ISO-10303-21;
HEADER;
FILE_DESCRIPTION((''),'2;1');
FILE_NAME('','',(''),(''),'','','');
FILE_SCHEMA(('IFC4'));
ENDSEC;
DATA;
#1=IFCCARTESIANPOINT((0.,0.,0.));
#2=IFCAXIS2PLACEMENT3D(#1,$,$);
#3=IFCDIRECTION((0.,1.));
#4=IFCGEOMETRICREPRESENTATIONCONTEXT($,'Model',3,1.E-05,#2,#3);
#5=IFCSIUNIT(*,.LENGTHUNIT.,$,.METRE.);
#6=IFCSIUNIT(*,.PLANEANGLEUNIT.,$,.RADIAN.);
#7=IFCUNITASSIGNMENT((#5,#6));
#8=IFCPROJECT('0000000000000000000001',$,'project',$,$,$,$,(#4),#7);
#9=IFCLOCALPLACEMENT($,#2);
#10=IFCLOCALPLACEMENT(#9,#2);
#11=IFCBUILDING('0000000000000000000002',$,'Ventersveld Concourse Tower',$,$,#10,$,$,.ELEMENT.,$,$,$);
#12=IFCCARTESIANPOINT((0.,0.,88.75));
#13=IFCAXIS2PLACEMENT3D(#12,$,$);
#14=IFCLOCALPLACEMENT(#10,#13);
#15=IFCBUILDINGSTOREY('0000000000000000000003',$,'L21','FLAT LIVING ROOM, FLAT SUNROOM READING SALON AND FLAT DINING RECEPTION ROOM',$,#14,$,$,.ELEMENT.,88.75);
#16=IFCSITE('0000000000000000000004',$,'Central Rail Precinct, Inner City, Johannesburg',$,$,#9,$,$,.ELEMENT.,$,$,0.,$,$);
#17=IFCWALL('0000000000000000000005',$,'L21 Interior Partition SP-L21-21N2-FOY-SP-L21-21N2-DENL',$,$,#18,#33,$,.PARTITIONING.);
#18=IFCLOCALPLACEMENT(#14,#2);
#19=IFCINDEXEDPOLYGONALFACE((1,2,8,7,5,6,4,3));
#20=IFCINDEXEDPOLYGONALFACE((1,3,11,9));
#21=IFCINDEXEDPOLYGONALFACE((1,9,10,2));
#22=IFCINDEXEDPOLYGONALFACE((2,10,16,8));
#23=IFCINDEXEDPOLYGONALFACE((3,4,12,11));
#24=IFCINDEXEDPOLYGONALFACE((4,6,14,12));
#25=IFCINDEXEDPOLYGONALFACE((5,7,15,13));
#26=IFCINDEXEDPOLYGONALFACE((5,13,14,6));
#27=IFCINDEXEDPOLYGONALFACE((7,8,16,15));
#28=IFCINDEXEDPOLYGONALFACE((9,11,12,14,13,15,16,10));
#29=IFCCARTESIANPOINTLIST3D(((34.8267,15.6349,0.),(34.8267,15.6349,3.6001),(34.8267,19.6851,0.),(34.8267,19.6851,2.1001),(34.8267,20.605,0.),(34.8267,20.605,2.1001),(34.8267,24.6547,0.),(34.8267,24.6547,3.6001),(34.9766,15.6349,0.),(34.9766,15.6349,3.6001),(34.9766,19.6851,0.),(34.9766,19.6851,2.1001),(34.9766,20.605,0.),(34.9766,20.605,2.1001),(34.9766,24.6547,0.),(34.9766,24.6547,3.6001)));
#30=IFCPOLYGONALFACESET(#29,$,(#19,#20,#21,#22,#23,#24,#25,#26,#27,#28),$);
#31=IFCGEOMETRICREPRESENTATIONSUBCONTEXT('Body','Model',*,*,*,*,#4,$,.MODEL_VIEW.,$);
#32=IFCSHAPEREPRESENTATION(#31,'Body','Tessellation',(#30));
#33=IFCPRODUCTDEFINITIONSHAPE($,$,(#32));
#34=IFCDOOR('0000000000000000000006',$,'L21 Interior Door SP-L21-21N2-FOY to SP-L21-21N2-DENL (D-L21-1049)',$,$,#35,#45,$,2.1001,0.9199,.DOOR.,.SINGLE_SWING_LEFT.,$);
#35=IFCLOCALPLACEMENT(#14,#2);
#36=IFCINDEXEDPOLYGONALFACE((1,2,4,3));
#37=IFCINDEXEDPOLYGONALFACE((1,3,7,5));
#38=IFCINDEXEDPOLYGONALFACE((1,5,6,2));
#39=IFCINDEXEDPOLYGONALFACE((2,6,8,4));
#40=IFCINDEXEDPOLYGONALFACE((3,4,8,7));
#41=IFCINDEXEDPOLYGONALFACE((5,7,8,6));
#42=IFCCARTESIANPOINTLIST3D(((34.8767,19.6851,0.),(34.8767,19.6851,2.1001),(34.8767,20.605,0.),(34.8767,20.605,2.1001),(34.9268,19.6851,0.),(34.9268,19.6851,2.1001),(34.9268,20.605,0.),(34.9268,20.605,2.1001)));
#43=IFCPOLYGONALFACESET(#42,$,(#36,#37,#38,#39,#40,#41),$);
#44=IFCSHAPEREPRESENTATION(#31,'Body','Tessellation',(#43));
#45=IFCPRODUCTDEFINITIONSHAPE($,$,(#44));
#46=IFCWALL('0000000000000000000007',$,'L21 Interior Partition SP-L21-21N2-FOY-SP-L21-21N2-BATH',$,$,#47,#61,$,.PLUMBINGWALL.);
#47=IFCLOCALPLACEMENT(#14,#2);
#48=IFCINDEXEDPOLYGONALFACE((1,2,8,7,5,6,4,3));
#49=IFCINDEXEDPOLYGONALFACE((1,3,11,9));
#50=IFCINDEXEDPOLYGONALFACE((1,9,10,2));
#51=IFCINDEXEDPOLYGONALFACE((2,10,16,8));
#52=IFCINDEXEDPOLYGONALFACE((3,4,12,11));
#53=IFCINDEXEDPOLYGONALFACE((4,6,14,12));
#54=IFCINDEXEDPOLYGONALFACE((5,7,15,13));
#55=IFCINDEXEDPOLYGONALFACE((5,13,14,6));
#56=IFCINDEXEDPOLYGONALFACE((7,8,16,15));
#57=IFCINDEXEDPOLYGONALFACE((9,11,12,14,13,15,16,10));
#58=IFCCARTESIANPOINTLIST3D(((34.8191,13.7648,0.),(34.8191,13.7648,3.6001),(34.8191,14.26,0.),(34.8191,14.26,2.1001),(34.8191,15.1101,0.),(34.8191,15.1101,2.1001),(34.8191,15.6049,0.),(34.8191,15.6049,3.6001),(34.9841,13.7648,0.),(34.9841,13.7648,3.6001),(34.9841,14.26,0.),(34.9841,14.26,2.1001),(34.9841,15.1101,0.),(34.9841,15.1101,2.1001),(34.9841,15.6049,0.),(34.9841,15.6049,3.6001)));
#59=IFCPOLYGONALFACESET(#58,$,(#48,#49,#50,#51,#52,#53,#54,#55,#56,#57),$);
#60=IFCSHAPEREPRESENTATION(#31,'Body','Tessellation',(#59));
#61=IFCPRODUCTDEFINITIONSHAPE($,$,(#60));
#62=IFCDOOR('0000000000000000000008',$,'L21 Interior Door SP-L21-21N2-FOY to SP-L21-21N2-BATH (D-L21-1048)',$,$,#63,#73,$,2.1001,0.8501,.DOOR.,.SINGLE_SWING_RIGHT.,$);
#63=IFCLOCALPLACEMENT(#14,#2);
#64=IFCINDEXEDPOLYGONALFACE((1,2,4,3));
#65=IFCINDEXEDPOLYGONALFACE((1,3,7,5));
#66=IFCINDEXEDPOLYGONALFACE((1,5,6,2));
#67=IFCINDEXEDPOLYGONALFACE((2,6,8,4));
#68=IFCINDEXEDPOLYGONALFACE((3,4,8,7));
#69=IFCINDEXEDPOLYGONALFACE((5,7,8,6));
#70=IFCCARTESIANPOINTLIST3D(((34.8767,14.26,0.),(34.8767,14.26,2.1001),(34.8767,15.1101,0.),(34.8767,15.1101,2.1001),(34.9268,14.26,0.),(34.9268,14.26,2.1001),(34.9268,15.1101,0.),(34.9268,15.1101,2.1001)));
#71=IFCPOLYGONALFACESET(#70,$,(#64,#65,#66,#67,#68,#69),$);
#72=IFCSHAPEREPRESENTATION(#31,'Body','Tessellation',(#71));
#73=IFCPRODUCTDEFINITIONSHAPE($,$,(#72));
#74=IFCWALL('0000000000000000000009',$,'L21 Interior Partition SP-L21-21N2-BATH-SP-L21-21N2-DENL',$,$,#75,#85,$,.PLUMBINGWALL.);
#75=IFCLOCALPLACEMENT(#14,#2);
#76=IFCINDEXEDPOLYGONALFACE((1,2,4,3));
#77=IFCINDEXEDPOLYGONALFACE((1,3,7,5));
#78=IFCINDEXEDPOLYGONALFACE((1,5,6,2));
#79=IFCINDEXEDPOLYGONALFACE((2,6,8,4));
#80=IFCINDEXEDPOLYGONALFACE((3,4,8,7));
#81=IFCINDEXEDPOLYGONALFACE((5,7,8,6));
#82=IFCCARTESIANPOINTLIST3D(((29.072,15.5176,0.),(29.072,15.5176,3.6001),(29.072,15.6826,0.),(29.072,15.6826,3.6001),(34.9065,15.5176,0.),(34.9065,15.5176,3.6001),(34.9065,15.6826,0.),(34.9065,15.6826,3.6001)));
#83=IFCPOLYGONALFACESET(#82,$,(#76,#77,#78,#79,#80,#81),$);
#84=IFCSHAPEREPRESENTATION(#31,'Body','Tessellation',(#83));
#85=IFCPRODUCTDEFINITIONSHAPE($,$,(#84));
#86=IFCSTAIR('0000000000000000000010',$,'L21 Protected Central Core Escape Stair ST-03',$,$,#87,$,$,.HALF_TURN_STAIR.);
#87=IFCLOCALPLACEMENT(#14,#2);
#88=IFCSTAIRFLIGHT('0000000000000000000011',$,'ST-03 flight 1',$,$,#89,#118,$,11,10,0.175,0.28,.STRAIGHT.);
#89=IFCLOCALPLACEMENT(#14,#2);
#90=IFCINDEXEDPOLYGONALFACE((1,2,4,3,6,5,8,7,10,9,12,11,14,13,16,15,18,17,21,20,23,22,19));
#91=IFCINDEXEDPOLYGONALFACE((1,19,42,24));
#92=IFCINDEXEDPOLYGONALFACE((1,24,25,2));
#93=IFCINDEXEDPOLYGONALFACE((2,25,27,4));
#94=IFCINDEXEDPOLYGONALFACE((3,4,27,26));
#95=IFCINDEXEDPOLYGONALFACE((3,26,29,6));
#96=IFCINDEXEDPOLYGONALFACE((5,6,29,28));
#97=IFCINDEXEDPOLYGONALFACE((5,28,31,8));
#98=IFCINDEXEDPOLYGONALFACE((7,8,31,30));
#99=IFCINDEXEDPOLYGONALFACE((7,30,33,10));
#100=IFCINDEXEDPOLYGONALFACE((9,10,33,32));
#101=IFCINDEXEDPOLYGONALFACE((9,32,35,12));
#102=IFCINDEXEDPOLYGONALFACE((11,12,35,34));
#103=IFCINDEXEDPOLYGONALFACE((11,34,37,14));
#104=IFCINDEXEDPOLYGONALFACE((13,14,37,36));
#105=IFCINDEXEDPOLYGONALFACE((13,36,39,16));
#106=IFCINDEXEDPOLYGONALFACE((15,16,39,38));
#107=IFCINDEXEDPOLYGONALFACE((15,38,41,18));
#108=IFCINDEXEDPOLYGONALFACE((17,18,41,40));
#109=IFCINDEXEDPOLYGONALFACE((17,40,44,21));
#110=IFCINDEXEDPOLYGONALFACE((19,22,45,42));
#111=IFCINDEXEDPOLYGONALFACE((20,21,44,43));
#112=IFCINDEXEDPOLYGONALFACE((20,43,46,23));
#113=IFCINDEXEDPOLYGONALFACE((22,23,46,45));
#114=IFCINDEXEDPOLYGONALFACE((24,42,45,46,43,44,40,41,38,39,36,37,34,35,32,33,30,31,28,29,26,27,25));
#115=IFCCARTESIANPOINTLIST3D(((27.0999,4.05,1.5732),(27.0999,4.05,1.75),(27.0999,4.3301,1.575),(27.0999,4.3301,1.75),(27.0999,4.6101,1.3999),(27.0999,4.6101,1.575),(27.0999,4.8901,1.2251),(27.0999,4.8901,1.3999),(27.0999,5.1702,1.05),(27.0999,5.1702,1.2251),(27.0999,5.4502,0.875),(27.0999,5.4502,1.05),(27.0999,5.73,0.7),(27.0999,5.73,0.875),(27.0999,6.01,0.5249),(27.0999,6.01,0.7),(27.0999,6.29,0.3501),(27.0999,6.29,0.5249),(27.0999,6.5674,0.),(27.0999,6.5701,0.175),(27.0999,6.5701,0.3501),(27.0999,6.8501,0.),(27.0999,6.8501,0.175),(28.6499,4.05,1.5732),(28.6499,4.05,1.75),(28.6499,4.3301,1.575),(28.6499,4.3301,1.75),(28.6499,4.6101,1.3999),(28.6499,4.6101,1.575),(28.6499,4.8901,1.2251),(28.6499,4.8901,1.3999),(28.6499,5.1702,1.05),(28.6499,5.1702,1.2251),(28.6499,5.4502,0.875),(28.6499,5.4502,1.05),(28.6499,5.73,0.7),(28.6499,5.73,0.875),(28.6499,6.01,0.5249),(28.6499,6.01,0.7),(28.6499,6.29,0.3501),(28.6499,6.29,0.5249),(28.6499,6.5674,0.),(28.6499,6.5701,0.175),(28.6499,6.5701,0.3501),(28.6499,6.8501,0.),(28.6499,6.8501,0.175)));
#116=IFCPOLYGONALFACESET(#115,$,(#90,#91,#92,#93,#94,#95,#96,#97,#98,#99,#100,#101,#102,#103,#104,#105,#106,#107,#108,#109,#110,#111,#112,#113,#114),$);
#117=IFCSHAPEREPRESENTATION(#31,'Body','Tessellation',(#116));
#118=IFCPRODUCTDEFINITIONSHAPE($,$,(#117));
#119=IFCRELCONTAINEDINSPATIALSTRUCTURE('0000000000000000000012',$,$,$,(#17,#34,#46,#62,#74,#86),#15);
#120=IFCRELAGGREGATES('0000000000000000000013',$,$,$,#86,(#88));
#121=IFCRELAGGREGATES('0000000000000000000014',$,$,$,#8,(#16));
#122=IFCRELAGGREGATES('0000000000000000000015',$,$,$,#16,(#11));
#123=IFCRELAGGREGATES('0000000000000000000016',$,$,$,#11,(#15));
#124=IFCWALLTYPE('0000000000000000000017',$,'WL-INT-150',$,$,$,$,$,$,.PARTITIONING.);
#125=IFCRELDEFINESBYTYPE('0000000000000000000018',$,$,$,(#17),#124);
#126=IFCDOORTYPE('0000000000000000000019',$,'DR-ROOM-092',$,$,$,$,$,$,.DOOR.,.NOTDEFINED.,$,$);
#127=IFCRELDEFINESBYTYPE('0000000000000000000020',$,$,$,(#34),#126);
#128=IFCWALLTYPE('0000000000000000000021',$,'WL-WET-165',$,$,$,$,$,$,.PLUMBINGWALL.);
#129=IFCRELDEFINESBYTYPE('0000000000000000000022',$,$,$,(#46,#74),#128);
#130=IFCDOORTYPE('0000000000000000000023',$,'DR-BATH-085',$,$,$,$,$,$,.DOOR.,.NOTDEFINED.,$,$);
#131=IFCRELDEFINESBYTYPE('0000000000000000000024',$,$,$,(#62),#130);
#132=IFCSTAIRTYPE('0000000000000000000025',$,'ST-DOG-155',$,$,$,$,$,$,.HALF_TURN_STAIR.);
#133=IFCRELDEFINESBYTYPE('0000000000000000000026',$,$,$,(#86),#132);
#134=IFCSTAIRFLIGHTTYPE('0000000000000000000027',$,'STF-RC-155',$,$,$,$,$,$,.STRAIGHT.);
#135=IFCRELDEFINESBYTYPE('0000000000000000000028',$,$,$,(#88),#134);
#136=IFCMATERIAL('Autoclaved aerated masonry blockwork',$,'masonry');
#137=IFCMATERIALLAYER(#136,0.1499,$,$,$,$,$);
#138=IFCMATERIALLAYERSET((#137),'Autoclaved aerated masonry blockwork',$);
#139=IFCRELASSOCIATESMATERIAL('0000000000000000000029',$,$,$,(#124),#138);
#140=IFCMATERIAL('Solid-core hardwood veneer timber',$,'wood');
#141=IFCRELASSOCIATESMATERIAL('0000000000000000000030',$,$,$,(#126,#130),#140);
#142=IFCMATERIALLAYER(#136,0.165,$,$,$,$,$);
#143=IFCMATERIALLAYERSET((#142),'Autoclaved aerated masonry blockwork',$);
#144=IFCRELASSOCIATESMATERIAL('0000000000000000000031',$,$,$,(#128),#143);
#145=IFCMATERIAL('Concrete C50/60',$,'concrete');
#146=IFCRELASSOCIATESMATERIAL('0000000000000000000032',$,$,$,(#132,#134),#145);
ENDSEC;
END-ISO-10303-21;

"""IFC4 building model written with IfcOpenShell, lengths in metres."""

from ifc_helpers import new_model, si_unit, direction, frame, frame_2d, origin, place, context, subcontext, project, spatial, polyline, rectangle, outline, extrude, material, layer, layer_set, type_object, element, fill, aggregate, save


model = new_model("IFC4")

# Units and contexts
model_context = context("Model", 3, precision=1e-05, world=origin(), true_north=direction((0.0, 1.0)))
body_context = subcontext(model_context, "Body", "Model", "MODEL_VIEW")
ifc_project = project(units=[si_unit("LENGTHUNIT", "METRE"), si_unit("PLANEANGLEUNIT", "RADIAN")], contexts=[model_context])

# Site, building, storey
site_placement = place(None, origin())
site = spatial("IfcSite", under=ifc_project, at=site_placement, Name="Central Rail Precinct, Inner City, Johannesburg", CompositionType="ELEMENT", RefElevation=0.0)
building_placement = place(site_placement, origin())
building = spatial("IfcBuilding", under=site, at=building_placement, Name="Ventersveld Concourse Tower", CompositionType="ELEMENT")
storey_placement = place(building_placement, frame((0.0, 0.0, 88.75)))
storey = spatial("IfcBuildingStorey", under=building, at=storey_placement, Name="L21", Description="FLAT LIVING ROOM, FLAT SUNROOM READING SALON AND FLAT DINING RECEPTION ROOM", CompositionType="ELEMENT", Elevation=88.75)

# Shared definitions
ifc_material_1 = material(Name="Concrete C50/60", Category="concrete")

# Shared definitions
ifc_material_2 = material(Name="Solid-core hardwood veneer timber", Category="wood")

# Walls, openings, doors
ifc_material_3 = material(Name="Autoclaved aerated masonry blockwork", Category="masonry")
ifc_layer_1 = layer(ifc_material_3, 0.1499)
ifc_layer_set_1 = layer_set([ifc_layer_1], Name="Autoclaved aerated masonry blockwork")
wall_type_1 = type_object("IfcWallType", Name="WL-INT-150", PredefinedType="PARTITIONING", material=ifc_layer_set_1)
wall_1_placement = place(storey_placement, frame((34.9016, 15.635, 0.0), z_axis=(0.0, 0.0, 1.0), x_axis=(0.0, 1.0, 0.0)))
wall_1 = element("IfcWall", 1, at=wall_1_placement, inside=storey, type_object=wall_type_1, Name="L21 Interior Partition SP-L21-21N2-FOY-SP-L21-21N2-DENL", PredefinedType="PARTITIONING", context=body_context, shape_type="SweptSolid", body=[
    extrude(rectangle(XDim=9.0198, YDim=0.1499, at=frame_2d((4.5098, 0.0))), origin(), (0.0, 0.0, 1.0), 3.6001),
])
opening_1_placement = place(wall_1_placement, frame((4.05, 0.0, 0.0)))
opening_1 = element("IfcOpeningElement", 2, at=opening_1_placement, cuts=wall_1, PredefinedType="OPENING", context=body_context, shape_type="SweptSolid", body=[
    extrude(rectangle(XDim=0.9199, YDim=2.1001, at=frame_2d((0.46, 1.05))), frame((0.0, 0.085, 0.0), z_axis=(0.0, -1.0, 0.0), x_axis=(1.0, 0.0, 0.0)), (0.0, 0.0, 1.0), 0.1699),
])
door_type_1 = type_object("IfcDoorType", Name="DR-ROOM-092", OperationType="NOTDEFINED", PredefinedType="DOOR", material=ifc_material_2)
door_1_placement = place(opening_1_placement, origin())
door_1 = element("IfcDoor", 3, at=door_1_placement, inside=storey, type_object=door_type_1, Name="L21 Interior Door SP-L21-21N2-FOY to SP-L21-21N2-DENL (D-L21-1049)", OperationType="SINGLE_SWING_LEFT", OverallHeight=2.1001, OverallWidth=0.9199, PredefinedType="DOOR", context=body_context, shape_type="SweptSolid", body=[
    extrude(rectangle(XDim=0.9199, YDim=2.1001, at=frame_2d((0.46, 1.05))), frame((0.0, 0.0249, 0.0), z_axis=(0.0, -1.0, 0.0), x_axis=(1.0, 0.0, 0.0)), (0.0, 0.0, 1.0), 0.05),
])
fill(opening_1, door_1)
ifc_layer_2 = layer(ifc_material_3, 0.165)
ifc_layer_set_2 = layer_set([ifc_layer_2], Name="Autoclaved aerated masonry blockwork")
wall_type_2 = type_object("IfcWallType", Name="WL-WET-165", PredefinedType="PLUMBINGWALL", material=ifc_layer_set_2)
wall_2_placement = place(storey_placement, frame((34.9016, 13.7649, 0.0), z_axis=(0.0, 0.0, 1.0), x_axis=(0.0, 1.0, 0.0)))
wall_2 = element("IfcWall", 4, at=wall_2_placement, inside=storey, type_object=wall_type_2, Name="L21 Interior Partition SP-L21-21N2-FOY-SP-L21-21N2-BATH", PredefinedType="PLUMBINGWALL", context=body_context, shape_type="SweptSolid", body=[
    extrude(rectangle(XDim=1.8401, YDim=0.165, at=frame_2d((0.9199, 0.0))), origin(), (0.0, 0.0, 1.0), 3.6001),
])
opening_2_placement = place(wall_2_placement, frame((0.4951, 0.0, 0.0)))
opening_2 = element("IfcOpeningElement", 5, at=opening_2_placement, cuts=wall_2, PredefinedType="OPENING", context=body_context, shape_type="SweptSolid", body=[
    extrude(rectangle(XDim=0.8501, YDim=2.1001, at=frame_2d((0.425, 1.05))), frame((0.0, 0.0925, 0.0), z_axis=(0.0, -1.0, 0.0), x_axis=(1.0, 0.0, 0.0)), (0.0, 0.0, 1.0), 0.1851),
])
door_type_2 = type_object("IfcDoorType", Name="DR-BATH-085", OperationType="NOTDEFINED", PredefinedType="DOOR", material=ifc_material_2)
door_2_placement = place(opening_2_placement, origin())
door_2 = element("IfcDoor", 6, at=door_2_placement, inside=storey, type_object=door_type_2, Name="L21 Interior Door SP-L21-21N2-FOY to SP-L21-21N2-BATH (D-L21-1048)", OperationType="SINGLE_SWING_RIGHT", OverallHeight=2.1001, OverallWidth=0.8501, PredefinedType="DOOR", context=body_context, shape_type="SweptSolid", body=[
    extrude(rectangle(XDim=0.8501, YDim=2.1001, at=frame_2d((0.425, 1.05))), frame((0.0, 0.0249, 0.0), z_axis=(0.0, -1.0, 0.0), x_axis=(1.0, 0.0, 0.0)), (0.0, 0.0, 1.0), 0.05),
])
fill(opening_2, door_2)

# Wall
wall_3_placement = place(storey_placement, frame((29.072, 15.6001, 0.0), z_axis=(0.0, 0.0, 1.0), x_axis=(1.0, 0.0, 0.0)))
element("IfcWall", 7, at=wall_3_placement, inside=storey, type_object=wall_type_2, Name="L21 Interior Partition SP-L21-21N2-BATH-SP-L21-21N2-DENL", PredefinedType="PLUMBINGWALL", context=body_context, shape_type="SweptSolid", body=[
    extrude(rectangle(XDim=5.8345, YDim=0.165, at=frame_2d((2.9172, 0.0))), origin(), (0.0, 0.0, 1.0), 3.6001),
])

# Stair, stair flight
stair_type = type_object("IfcStairType", Name="ST-DOG-155", PredefinedType="HALF_TURN_STAIR", material=ifc_material_1)
stair_placement = place(storey_placement, origin())
stair = element("IfcStair", 8, at=stair_placement, inside=storey, type_object=stair_type, Name="L21 Protected Central Core Escape Stair ST-03", PredefinedType="HALF_TURN_STAIR")
stair_flight_type = type_object("IfcStairFlightType", Name="STF-RC-155", PredefinedType="STRAIGHT", material=ifc_material_1)
stair_flight_placement = place(storey_placement, frame((27.875, 6.8501, 0.0), z_axis=(0.0, 0.0, 1.0), x_axis=(0.0, -1.0, 0.0)))
stair_flight = element("IfcStairFlight", 9, at=stair_flight_placement, type_object=stair_flight_type, Name="ST-03 flight 1", NumberOfRisers=11, NumberOfTreads=10, PredefinedType="STRAIGHT", RiserHeight=0.175, TreadLength=0.28, context=body_context, shape_type="SweptSolid", body=[
    extrude(outline(polyline([(0.0, 0.0), (0.0, 0.175), (0.28, 0.175), (0.28, 0.3501), (0.5601, 0.3501), (0.5601, 0.5249), (0.8401, 0.5249), (0.8401, 0.7), (1.1201, 0.7), (1.1201, 0.875), (1.3999, 0.875), (1.3999, 1.05), (1.6799, 1.05), (1.6799, 1.2251), (1.96, 1.2251), (1.96, 1.3999), (2.24, 1.3999), (2.24, 1.575), (2.52, 1.575), (2.52, 1.75), (2.8, 1.75), (2.8, 1.925), (2.8, 1.5732), (0.2827, 0.0), (0.0, 0.0)])), frame((0.0, 0.7749, 0.0), z_axis=(0.0, -1.0, 0.0), x_axis=(1.0, 0.0, 0.0)), (0.0, 0.0, 1.0), 1.55),
])
aggregate(stair, [stair_flight])

save(model, "model.ifc")
